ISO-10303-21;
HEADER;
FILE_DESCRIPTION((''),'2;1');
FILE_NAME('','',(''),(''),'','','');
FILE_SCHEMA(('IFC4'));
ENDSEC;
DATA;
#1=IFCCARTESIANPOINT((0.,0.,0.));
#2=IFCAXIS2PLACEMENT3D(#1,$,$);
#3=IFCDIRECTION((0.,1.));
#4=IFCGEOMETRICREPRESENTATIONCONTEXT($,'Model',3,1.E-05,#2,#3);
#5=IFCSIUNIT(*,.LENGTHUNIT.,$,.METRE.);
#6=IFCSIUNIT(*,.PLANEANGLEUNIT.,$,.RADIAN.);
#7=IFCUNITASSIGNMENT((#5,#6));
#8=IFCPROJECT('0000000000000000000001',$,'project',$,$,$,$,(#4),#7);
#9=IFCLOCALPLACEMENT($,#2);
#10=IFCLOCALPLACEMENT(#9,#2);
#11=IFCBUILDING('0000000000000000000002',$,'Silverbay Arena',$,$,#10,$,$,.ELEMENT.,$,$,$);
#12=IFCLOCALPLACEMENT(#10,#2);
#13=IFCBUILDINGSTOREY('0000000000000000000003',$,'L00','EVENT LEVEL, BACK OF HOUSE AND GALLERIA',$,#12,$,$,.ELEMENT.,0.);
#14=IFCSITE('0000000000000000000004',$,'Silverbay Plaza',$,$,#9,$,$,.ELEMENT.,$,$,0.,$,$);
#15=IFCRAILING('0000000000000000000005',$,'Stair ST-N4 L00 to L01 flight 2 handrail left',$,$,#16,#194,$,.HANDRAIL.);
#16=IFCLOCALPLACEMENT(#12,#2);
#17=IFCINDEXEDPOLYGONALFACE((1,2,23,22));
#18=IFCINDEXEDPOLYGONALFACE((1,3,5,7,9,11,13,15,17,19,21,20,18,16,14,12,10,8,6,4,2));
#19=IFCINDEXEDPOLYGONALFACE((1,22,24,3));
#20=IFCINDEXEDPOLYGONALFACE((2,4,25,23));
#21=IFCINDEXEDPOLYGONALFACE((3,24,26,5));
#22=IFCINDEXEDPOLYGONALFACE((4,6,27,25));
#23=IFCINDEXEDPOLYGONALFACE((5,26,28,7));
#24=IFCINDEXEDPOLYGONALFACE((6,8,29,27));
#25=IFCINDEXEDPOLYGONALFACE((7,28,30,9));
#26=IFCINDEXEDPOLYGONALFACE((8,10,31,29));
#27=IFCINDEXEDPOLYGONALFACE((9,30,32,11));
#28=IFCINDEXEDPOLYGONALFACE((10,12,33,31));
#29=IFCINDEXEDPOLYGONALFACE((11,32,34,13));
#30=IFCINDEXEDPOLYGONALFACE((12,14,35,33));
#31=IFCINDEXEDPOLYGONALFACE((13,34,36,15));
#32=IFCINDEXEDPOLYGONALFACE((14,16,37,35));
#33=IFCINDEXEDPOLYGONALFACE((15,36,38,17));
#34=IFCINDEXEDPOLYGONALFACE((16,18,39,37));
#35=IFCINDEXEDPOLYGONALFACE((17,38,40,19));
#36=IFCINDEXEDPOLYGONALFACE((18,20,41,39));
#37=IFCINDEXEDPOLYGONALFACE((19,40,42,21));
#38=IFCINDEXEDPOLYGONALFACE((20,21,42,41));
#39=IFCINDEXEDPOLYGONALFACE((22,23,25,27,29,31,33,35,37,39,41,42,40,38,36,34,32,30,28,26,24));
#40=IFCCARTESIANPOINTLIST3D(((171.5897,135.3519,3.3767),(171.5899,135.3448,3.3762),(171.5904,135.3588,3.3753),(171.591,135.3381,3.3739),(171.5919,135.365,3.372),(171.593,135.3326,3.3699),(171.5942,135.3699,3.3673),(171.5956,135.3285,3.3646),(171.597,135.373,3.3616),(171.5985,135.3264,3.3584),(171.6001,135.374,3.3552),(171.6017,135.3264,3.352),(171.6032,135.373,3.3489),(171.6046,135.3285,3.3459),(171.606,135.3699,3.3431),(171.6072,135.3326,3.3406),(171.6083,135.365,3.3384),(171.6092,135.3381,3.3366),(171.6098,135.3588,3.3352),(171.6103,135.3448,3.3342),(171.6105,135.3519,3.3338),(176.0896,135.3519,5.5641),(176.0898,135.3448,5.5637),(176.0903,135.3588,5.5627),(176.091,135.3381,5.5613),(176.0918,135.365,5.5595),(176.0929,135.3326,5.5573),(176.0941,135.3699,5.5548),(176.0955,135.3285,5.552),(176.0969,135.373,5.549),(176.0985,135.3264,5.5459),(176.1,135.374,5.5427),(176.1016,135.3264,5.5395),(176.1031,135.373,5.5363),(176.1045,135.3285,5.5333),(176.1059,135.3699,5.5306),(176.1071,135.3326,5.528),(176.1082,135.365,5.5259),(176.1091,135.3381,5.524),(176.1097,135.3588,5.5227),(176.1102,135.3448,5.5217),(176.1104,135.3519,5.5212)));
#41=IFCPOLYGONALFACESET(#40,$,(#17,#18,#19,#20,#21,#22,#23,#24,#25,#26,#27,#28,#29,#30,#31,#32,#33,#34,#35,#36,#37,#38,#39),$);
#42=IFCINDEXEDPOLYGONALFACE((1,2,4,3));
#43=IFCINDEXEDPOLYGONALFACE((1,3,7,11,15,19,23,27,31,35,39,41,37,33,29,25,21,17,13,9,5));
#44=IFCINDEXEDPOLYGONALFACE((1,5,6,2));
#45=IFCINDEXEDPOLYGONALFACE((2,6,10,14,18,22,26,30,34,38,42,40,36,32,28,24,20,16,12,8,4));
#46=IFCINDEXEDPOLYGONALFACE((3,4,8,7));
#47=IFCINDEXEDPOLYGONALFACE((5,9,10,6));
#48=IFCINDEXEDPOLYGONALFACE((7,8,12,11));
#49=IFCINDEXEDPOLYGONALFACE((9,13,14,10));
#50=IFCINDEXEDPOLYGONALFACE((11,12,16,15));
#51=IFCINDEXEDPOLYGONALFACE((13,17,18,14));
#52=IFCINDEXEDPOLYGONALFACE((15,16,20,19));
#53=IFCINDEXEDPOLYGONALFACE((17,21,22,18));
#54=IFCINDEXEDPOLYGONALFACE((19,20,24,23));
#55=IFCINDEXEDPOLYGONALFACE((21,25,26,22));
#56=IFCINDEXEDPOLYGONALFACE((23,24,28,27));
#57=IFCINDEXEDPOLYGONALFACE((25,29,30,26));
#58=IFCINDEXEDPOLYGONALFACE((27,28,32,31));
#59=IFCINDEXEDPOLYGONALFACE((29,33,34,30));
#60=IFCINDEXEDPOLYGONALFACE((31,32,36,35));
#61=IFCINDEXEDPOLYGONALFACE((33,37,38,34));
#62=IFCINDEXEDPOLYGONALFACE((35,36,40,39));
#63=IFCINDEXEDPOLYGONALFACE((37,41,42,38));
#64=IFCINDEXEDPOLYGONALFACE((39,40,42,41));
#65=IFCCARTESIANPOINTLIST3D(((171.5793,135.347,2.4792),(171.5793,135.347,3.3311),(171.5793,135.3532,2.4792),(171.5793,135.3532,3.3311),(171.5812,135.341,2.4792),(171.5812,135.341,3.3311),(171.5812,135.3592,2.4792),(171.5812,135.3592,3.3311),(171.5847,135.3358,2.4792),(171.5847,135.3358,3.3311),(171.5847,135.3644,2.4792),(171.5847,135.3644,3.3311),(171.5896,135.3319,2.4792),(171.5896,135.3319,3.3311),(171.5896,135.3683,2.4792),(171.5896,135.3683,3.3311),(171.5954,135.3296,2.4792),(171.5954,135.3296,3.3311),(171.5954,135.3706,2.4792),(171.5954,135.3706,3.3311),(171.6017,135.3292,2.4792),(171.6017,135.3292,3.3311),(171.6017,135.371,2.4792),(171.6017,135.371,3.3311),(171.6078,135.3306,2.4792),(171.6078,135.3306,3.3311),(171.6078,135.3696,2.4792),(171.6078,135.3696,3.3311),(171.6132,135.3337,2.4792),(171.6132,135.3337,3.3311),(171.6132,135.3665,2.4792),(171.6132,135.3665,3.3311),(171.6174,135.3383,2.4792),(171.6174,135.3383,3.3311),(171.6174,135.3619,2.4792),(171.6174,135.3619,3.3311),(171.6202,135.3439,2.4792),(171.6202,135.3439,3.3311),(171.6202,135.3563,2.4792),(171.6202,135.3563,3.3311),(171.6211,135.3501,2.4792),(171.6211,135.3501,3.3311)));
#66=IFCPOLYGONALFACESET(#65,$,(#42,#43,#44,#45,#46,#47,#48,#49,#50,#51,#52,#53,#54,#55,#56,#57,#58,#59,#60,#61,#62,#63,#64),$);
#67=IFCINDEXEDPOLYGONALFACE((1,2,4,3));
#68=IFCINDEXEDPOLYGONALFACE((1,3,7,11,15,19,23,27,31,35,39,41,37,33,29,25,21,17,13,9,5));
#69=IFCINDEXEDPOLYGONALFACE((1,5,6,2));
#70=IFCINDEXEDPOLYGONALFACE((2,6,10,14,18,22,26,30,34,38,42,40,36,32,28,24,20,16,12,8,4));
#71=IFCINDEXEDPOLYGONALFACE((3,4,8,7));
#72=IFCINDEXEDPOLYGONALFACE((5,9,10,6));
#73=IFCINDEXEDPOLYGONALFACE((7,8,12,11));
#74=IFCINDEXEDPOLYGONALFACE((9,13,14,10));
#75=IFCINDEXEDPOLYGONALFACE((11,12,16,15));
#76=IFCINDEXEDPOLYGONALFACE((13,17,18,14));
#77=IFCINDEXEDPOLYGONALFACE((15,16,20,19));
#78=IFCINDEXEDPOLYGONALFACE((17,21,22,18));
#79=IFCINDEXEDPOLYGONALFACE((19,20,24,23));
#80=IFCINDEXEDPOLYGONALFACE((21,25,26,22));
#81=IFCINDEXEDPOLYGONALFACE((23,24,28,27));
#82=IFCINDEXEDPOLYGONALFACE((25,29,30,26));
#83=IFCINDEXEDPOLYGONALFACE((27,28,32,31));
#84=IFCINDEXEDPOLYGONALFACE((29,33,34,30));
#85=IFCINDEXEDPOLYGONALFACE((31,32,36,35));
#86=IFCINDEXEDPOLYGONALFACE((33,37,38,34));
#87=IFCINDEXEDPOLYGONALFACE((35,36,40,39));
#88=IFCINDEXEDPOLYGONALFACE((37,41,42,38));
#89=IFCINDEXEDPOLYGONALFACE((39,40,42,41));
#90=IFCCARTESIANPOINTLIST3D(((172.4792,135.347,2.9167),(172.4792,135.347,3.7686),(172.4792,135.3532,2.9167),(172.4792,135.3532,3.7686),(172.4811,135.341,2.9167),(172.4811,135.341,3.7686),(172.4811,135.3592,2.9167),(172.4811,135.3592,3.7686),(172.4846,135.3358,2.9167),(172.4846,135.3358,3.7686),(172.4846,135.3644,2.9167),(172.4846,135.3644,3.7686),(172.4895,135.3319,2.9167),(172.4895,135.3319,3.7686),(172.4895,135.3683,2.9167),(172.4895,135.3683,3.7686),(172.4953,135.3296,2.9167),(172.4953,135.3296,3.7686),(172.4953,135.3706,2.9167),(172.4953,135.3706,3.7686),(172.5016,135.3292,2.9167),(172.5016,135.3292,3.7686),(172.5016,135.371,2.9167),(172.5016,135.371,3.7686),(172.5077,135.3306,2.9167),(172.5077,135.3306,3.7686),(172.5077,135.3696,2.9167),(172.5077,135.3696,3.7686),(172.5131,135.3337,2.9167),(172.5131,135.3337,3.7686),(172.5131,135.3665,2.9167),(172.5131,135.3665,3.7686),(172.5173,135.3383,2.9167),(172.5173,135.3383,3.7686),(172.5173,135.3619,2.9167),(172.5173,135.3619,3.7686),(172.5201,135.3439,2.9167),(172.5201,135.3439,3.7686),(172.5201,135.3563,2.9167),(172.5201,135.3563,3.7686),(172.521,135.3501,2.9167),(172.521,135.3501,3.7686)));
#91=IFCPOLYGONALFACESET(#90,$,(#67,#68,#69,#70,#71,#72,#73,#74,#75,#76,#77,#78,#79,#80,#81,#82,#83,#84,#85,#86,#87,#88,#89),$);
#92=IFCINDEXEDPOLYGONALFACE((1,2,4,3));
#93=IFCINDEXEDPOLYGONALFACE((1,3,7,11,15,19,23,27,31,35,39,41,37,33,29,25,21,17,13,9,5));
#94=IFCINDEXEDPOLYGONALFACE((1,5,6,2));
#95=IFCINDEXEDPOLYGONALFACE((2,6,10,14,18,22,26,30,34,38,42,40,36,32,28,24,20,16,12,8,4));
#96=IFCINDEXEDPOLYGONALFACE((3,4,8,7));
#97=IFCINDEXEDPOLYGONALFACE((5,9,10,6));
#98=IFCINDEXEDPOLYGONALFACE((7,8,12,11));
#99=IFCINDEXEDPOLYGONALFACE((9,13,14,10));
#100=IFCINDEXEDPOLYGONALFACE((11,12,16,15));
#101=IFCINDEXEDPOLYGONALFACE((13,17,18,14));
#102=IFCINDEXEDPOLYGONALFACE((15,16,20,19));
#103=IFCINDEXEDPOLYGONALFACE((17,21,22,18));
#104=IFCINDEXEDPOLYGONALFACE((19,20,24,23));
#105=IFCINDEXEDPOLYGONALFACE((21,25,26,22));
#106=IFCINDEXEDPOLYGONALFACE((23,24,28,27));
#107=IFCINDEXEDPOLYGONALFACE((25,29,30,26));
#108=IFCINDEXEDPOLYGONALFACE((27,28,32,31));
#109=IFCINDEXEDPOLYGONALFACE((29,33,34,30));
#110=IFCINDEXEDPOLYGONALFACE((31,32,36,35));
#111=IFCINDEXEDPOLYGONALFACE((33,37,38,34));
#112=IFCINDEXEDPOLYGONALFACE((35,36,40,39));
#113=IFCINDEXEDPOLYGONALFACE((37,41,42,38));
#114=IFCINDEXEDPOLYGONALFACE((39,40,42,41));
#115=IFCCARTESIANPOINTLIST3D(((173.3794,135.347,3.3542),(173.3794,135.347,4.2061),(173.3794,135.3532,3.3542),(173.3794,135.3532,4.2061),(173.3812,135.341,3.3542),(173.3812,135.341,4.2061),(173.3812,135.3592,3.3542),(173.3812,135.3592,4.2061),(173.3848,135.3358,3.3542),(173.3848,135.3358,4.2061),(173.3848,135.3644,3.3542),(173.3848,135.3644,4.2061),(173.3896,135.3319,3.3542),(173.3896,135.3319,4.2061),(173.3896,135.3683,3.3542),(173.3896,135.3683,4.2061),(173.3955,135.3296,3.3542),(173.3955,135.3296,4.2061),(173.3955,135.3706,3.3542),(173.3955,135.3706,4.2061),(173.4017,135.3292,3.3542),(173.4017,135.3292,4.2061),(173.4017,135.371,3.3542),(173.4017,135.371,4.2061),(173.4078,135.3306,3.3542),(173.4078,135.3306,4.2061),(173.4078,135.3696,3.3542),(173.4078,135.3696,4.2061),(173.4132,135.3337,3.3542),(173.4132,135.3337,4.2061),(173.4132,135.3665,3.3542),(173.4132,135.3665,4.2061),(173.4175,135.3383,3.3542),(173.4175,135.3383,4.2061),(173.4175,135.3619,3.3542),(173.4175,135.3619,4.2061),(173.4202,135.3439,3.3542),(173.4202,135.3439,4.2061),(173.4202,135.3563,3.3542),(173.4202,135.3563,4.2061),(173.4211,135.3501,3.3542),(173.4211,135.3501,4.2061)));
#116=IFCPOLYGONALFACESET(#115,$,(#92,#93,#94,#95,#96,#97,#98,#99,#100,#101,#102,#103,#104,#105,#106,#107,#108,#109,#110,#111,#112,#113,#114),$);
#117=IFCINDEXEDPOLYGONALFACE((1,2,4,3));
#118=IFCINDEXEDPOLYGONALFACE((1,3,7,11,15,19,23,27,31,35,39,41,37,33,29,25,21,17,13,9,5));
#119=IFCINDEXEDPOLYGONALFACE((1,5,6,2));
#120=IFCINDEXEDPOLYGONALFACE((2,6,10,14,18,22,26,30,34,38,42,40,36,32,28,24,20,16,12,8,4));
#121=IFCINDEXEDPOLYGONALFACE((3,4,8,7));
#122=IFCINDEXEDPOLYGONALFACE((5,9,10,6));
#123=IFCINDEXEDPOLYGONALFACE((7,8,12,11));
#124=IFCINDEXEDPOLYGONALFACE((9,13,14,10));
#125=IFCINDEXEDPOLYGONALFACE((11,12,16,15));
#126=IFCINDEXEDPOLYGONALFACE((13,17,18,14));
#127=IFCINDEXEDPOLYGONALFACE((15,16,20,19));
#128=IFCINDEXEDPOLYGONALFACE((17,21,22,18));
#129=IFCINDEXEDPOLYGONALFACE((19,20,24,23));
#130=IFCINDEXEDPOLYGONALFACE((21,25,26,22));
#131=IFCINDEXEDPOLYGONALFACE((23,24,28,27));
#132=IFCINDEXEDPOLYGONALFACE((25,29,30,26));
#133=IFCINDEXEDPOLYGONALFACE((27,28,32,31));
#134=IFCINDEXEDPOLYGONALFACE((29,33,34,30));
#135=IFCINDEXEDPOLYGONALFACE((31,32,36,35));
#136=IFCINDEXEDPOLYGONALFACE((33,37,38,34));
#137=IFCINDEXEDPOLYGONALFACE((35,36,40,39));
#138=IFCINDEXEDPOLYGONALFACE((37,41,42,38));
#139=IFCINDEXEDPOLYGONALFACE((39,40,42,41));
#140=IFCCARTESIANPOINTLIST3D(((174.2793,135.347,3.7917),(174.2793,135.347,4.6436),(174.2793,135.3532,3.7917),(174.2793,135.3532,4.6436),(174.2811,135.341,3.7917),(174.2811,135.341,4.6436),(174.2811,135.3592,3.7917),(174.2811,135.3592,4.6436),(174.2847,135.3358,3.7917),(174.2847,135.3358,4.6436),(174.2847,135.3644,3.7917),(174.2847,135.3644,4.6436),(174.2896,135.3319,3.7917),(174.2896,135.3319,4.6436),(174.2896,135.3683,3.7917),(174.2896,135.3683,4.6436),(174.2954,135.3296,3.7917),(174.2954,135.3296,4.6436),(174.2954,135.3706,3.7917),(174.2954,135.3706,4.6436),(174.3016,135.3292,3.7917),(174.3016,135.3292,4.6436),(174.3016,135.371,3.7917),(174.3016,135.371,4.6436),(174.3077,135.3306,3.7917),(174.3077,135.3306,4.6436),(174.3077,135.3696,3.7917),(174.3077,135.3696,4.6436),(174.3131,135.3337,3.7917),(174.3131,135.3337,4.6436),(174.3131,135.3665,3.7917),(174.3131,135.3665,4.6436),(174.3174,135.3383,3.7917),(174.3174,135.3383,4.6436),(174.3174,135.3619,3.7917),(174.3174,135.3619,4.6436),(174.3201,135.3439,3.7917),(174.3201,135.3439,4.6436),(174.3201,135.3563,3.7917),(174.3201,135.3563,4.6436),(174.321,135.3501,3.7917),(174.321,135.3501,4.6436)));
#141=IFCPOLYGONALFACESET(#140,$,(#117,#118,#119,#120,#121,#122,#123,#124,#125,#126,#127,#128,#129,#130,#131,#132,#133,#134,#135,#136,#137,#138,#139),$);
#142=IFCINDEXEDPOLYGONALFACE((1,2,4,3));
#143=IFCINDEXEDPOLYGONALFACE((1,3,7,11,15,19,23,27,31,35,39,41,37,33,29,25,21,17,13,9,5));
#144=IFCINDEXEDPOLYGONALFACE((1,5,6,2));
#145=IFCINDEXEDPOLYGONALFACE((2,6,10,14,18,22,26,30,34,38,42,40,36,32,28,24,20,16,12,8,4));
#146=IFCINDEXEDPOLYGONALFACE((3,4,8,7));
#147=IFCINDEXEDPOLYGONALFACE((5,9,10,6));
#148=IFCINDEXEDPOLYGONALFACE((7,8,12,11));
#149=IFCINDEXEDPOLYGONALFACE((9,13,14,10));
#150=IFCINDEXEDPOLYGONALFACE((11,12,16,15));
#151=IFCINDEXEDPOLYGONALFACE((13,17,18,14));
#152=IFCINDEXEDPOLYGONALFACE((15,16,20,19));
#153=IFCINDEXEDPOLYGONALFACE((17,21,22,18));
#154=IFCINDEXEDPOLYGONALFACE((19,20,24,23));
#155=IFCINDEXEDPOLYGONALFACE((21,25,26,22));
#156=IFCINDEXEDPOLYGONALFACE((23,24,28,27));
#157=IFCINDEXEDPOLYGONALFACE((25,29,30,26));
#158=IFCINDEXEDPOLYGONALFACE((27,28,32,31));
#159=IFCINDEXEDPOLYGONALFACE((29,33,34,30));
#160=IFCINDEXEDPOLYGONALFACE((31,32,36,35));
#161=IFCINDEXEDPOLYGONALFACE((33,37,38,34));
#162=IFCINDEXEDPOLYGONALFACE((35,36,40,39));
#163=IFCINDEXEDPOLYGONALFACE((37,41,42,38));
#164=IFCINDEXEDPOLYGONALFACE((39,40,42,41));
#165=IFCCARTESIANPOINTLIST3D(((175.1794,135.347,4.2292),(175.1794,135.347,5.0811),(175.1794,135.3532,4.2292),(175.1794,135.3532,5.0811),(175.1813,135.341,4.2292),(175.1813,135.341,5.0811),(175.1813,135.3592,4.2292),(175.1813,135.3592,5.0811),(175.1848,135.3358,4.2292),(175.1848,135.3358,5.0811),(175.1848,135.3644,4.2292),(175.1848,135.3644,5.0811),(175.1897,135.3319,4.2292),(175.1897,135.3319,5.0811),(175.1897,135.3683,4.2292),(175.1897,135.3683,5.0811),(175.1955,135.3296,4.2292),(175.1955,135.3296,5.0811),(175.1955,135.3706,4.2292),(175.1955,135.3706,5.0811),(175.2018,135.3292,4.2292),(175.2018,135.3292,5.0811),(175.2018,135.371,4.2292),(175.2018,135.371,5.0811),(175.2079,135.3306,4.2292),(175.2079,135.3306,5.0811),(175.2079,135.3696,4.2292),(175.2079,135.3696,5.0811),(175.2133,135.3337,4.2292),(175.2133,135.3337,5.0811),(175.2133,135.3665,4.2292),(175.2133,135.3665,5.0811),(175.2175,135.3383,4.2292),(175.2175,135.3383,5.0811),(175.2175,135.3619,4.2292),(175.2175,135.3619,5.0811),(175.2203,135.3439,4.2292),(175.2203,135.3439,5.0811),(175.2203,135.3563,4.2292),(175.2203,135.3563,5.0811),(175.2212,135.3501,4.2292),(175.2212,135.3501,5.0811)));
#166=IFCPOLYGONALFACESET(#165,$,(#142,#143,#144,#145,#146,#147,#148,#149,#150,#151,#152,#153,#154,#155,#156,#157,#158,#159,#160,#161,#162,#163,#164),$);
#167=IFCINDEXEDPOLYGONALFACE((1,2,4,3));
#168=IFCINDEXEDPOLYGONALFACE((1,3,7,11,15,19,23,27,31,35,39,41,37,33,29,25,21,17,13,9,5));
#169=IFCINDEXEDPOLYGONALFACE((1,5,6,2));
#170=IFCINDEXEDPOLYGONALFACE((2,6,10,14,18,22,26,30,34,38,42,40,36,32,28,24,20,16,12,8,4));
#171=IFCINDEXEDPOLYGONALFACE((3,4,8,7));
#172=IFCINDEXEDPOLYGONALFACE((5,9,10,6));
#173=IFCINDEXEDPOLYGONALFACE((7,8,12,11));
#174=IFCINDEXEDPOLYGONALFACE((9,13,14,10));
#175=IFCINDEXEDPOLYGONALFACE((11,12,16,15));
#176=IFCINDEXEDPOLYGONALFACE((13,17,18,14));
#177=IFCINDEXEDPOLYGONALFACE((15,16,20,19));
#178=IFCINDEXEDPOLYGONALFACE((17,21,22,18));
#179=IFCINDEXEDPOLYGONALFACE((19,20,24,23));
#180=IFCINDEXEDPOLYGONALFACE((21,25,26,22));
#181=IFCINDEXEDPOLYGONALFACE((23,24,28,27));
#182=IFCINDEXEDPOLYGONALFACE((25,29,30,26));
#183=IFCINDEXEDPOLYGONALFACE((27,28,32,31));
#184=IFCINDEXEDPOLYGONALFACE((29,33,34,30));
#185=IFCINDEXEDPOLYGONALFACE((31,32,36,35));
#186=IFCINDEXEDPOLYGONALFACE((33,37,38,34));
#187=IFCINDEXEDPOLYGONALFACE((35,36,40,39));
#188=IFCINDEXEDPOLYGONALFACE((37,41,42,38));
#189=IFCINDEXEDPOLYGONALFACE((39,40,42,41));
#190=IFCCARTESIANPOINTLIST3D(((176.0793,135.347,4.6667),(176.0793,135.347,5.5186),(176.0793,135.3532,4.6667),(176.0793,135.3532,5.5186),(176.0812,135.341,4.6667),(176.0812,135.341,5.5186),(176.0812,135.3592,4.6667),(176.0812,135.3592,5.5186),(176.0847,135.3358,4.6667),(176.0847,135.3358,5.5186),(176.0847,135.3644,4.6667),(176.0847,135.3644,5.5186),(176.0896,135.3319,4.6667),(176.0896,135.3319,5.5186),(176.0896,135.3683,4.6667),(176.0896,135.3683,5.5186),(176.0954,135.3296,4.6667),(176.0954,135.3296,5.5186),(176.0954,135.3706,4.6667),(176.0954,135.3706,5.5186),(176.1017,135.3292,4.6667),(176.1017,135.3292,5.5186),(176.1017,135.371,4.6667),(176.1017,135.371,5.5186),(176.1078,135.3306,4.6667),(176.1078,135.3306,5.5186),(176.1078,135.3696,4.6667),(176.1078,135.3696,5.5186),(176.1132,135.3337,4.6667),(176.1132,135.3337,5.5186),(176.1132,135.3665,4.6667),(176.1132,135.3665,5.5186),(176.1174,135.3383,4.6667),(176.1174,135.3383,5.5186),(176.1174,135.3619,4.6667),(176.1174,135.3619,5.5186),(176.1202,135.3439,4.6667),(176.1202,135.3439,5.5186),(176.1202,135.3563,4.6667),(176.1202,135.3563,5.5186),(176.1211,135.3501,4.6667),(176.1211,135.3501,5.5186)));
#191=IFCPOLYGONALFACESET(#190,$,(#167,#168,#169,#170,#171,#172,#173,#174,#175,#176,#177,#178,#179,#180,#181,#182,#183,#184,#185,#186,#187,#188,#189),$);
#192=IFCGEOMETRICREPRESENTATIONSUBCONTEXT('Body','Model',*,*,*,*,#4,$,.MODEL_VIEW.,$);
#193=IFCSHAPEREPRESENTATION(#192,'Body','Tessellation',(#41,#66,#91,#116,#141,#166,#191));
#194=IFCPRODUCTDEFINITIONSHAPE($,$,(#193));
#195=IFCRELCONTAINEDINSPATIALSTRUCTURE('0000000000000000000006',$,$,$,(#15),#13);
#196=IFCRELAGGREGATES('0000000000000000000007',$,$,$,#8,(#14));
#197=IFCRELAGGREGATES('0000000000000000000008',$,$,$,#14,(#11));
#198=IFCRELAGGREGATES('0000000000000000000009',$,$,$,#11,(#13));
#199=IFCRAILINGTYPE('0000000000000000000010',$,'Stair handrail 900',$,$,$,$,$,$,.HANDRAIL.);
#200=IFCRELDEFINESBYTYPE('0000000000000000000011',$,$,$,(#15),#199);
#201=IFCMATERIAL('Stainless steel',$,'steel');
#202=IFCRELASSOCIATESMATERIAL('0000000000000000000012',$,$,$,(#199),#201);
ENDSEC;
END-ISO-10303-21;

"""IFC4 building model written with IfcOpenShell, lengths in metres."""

from ifc_helpers import new_model, si_unit, direction, frame, origin, origin_2d, place, context, subcontext, project, spatial, circle, extrude, material, type_object, element, save


model = new_model("IFC4")

# Units and contexts
model_context = context("Model", 3, precision=1e-05, world=origin(), true_north=direction((0.0, 1.0)))
body_context = subcontext(model_context, "Body", "Model", "MODEL_VIEW")
ifc_project = project(units=[si_unit("LENGTHUNIT", "METRE"), si_unit("PLANEANGLEUNIT", "RADIAN")], contexts=[model_context])

# Site, building, storey
site_placement = place(None, origin())
site = spatial("IfcSite", under=ifc_project, at=site_placement, Name="Silverbay Plaza", CompositionType="ELEMENT", RefElevation=0.0)
building_placement = place(site_placement, origin())
building = spatial("IfcBuilding", under=site, at=building_placement, Name="Silverbay Arena", CompositionType="ELEMENT")
storey_placement = place(building_placement, origin())
storey = spatial("IfcBuildingStorey", under=building, at=storey_placement, Name="L00", Description="EVENT LEVEL, BACK OF HOUSE AND GALLERIA", CompositionType="ELEMENT", Elevation=0.0)

# Railing
ifc_material_1 = material(Name="Stainless steel", Category="steel")
railing_type_1 = type_object("IfcRailingType", Name="Stair handrail 900", PredefinedType="HANDRAIL", material=ifc_material_1)
for number, where, name in (
    (1, (171.6001, 135.3501, 2.4792), "Stair ST-N4 L00 to L01 flight 2 handrail left"),
):
    element("IfcRailing", number, at=place(storey_placement, frame(where)), inside=storey, type_object=railing_type_1, Name=name, PredefinedType="HANDRAIL", context=body_context, shape_type="SweptSolid", body=[
        extrude(circle(Radius=0.0239, at=origin_2d()), frame((0.0, 0.0, 0.876), z_axis=(0.899368, 0.0, 0.437193), x_axis=(0.0, 1.0, 0.0)), (0.0, 0.0, 1.0), 5.0034),
        extrude(circle(Radius=0.021, at=origin_2d()), origin(), (0.0, 0.0, 1.0), 0.8518),
        extrude(circle(Radius=0.021, at=origin_2d()), frame((0.8999, 0.0, 0.4375)), (0.0, 0.0, 1.0), 0.8518),
        extrude(circle(Radius=0.021, at=origin_2d()), frame((1.8, 0.0, 0.875)), (0.0, 0.0, 1.0), 0.8518),
        extrude(circle(Radius=0.021, at=origin_2d()), frame((2.7, 0.0, 1.3125)), (0.0, 0.0, 1.0), 0.8518),
        extrude(circle(Radius=0.021, at=origin_2d()), frame((3.6001, 0.0, 1.75)), (0.0, 0.0, 1.0), 0.8518),
        extrude(circle(Radius=0.021, at=origin_2d()), frame((4.5, 0.0, 2.1875)), (0.0, 0.0, 1.0), 0.8518),
    ])

save(model, "model.ifc")
